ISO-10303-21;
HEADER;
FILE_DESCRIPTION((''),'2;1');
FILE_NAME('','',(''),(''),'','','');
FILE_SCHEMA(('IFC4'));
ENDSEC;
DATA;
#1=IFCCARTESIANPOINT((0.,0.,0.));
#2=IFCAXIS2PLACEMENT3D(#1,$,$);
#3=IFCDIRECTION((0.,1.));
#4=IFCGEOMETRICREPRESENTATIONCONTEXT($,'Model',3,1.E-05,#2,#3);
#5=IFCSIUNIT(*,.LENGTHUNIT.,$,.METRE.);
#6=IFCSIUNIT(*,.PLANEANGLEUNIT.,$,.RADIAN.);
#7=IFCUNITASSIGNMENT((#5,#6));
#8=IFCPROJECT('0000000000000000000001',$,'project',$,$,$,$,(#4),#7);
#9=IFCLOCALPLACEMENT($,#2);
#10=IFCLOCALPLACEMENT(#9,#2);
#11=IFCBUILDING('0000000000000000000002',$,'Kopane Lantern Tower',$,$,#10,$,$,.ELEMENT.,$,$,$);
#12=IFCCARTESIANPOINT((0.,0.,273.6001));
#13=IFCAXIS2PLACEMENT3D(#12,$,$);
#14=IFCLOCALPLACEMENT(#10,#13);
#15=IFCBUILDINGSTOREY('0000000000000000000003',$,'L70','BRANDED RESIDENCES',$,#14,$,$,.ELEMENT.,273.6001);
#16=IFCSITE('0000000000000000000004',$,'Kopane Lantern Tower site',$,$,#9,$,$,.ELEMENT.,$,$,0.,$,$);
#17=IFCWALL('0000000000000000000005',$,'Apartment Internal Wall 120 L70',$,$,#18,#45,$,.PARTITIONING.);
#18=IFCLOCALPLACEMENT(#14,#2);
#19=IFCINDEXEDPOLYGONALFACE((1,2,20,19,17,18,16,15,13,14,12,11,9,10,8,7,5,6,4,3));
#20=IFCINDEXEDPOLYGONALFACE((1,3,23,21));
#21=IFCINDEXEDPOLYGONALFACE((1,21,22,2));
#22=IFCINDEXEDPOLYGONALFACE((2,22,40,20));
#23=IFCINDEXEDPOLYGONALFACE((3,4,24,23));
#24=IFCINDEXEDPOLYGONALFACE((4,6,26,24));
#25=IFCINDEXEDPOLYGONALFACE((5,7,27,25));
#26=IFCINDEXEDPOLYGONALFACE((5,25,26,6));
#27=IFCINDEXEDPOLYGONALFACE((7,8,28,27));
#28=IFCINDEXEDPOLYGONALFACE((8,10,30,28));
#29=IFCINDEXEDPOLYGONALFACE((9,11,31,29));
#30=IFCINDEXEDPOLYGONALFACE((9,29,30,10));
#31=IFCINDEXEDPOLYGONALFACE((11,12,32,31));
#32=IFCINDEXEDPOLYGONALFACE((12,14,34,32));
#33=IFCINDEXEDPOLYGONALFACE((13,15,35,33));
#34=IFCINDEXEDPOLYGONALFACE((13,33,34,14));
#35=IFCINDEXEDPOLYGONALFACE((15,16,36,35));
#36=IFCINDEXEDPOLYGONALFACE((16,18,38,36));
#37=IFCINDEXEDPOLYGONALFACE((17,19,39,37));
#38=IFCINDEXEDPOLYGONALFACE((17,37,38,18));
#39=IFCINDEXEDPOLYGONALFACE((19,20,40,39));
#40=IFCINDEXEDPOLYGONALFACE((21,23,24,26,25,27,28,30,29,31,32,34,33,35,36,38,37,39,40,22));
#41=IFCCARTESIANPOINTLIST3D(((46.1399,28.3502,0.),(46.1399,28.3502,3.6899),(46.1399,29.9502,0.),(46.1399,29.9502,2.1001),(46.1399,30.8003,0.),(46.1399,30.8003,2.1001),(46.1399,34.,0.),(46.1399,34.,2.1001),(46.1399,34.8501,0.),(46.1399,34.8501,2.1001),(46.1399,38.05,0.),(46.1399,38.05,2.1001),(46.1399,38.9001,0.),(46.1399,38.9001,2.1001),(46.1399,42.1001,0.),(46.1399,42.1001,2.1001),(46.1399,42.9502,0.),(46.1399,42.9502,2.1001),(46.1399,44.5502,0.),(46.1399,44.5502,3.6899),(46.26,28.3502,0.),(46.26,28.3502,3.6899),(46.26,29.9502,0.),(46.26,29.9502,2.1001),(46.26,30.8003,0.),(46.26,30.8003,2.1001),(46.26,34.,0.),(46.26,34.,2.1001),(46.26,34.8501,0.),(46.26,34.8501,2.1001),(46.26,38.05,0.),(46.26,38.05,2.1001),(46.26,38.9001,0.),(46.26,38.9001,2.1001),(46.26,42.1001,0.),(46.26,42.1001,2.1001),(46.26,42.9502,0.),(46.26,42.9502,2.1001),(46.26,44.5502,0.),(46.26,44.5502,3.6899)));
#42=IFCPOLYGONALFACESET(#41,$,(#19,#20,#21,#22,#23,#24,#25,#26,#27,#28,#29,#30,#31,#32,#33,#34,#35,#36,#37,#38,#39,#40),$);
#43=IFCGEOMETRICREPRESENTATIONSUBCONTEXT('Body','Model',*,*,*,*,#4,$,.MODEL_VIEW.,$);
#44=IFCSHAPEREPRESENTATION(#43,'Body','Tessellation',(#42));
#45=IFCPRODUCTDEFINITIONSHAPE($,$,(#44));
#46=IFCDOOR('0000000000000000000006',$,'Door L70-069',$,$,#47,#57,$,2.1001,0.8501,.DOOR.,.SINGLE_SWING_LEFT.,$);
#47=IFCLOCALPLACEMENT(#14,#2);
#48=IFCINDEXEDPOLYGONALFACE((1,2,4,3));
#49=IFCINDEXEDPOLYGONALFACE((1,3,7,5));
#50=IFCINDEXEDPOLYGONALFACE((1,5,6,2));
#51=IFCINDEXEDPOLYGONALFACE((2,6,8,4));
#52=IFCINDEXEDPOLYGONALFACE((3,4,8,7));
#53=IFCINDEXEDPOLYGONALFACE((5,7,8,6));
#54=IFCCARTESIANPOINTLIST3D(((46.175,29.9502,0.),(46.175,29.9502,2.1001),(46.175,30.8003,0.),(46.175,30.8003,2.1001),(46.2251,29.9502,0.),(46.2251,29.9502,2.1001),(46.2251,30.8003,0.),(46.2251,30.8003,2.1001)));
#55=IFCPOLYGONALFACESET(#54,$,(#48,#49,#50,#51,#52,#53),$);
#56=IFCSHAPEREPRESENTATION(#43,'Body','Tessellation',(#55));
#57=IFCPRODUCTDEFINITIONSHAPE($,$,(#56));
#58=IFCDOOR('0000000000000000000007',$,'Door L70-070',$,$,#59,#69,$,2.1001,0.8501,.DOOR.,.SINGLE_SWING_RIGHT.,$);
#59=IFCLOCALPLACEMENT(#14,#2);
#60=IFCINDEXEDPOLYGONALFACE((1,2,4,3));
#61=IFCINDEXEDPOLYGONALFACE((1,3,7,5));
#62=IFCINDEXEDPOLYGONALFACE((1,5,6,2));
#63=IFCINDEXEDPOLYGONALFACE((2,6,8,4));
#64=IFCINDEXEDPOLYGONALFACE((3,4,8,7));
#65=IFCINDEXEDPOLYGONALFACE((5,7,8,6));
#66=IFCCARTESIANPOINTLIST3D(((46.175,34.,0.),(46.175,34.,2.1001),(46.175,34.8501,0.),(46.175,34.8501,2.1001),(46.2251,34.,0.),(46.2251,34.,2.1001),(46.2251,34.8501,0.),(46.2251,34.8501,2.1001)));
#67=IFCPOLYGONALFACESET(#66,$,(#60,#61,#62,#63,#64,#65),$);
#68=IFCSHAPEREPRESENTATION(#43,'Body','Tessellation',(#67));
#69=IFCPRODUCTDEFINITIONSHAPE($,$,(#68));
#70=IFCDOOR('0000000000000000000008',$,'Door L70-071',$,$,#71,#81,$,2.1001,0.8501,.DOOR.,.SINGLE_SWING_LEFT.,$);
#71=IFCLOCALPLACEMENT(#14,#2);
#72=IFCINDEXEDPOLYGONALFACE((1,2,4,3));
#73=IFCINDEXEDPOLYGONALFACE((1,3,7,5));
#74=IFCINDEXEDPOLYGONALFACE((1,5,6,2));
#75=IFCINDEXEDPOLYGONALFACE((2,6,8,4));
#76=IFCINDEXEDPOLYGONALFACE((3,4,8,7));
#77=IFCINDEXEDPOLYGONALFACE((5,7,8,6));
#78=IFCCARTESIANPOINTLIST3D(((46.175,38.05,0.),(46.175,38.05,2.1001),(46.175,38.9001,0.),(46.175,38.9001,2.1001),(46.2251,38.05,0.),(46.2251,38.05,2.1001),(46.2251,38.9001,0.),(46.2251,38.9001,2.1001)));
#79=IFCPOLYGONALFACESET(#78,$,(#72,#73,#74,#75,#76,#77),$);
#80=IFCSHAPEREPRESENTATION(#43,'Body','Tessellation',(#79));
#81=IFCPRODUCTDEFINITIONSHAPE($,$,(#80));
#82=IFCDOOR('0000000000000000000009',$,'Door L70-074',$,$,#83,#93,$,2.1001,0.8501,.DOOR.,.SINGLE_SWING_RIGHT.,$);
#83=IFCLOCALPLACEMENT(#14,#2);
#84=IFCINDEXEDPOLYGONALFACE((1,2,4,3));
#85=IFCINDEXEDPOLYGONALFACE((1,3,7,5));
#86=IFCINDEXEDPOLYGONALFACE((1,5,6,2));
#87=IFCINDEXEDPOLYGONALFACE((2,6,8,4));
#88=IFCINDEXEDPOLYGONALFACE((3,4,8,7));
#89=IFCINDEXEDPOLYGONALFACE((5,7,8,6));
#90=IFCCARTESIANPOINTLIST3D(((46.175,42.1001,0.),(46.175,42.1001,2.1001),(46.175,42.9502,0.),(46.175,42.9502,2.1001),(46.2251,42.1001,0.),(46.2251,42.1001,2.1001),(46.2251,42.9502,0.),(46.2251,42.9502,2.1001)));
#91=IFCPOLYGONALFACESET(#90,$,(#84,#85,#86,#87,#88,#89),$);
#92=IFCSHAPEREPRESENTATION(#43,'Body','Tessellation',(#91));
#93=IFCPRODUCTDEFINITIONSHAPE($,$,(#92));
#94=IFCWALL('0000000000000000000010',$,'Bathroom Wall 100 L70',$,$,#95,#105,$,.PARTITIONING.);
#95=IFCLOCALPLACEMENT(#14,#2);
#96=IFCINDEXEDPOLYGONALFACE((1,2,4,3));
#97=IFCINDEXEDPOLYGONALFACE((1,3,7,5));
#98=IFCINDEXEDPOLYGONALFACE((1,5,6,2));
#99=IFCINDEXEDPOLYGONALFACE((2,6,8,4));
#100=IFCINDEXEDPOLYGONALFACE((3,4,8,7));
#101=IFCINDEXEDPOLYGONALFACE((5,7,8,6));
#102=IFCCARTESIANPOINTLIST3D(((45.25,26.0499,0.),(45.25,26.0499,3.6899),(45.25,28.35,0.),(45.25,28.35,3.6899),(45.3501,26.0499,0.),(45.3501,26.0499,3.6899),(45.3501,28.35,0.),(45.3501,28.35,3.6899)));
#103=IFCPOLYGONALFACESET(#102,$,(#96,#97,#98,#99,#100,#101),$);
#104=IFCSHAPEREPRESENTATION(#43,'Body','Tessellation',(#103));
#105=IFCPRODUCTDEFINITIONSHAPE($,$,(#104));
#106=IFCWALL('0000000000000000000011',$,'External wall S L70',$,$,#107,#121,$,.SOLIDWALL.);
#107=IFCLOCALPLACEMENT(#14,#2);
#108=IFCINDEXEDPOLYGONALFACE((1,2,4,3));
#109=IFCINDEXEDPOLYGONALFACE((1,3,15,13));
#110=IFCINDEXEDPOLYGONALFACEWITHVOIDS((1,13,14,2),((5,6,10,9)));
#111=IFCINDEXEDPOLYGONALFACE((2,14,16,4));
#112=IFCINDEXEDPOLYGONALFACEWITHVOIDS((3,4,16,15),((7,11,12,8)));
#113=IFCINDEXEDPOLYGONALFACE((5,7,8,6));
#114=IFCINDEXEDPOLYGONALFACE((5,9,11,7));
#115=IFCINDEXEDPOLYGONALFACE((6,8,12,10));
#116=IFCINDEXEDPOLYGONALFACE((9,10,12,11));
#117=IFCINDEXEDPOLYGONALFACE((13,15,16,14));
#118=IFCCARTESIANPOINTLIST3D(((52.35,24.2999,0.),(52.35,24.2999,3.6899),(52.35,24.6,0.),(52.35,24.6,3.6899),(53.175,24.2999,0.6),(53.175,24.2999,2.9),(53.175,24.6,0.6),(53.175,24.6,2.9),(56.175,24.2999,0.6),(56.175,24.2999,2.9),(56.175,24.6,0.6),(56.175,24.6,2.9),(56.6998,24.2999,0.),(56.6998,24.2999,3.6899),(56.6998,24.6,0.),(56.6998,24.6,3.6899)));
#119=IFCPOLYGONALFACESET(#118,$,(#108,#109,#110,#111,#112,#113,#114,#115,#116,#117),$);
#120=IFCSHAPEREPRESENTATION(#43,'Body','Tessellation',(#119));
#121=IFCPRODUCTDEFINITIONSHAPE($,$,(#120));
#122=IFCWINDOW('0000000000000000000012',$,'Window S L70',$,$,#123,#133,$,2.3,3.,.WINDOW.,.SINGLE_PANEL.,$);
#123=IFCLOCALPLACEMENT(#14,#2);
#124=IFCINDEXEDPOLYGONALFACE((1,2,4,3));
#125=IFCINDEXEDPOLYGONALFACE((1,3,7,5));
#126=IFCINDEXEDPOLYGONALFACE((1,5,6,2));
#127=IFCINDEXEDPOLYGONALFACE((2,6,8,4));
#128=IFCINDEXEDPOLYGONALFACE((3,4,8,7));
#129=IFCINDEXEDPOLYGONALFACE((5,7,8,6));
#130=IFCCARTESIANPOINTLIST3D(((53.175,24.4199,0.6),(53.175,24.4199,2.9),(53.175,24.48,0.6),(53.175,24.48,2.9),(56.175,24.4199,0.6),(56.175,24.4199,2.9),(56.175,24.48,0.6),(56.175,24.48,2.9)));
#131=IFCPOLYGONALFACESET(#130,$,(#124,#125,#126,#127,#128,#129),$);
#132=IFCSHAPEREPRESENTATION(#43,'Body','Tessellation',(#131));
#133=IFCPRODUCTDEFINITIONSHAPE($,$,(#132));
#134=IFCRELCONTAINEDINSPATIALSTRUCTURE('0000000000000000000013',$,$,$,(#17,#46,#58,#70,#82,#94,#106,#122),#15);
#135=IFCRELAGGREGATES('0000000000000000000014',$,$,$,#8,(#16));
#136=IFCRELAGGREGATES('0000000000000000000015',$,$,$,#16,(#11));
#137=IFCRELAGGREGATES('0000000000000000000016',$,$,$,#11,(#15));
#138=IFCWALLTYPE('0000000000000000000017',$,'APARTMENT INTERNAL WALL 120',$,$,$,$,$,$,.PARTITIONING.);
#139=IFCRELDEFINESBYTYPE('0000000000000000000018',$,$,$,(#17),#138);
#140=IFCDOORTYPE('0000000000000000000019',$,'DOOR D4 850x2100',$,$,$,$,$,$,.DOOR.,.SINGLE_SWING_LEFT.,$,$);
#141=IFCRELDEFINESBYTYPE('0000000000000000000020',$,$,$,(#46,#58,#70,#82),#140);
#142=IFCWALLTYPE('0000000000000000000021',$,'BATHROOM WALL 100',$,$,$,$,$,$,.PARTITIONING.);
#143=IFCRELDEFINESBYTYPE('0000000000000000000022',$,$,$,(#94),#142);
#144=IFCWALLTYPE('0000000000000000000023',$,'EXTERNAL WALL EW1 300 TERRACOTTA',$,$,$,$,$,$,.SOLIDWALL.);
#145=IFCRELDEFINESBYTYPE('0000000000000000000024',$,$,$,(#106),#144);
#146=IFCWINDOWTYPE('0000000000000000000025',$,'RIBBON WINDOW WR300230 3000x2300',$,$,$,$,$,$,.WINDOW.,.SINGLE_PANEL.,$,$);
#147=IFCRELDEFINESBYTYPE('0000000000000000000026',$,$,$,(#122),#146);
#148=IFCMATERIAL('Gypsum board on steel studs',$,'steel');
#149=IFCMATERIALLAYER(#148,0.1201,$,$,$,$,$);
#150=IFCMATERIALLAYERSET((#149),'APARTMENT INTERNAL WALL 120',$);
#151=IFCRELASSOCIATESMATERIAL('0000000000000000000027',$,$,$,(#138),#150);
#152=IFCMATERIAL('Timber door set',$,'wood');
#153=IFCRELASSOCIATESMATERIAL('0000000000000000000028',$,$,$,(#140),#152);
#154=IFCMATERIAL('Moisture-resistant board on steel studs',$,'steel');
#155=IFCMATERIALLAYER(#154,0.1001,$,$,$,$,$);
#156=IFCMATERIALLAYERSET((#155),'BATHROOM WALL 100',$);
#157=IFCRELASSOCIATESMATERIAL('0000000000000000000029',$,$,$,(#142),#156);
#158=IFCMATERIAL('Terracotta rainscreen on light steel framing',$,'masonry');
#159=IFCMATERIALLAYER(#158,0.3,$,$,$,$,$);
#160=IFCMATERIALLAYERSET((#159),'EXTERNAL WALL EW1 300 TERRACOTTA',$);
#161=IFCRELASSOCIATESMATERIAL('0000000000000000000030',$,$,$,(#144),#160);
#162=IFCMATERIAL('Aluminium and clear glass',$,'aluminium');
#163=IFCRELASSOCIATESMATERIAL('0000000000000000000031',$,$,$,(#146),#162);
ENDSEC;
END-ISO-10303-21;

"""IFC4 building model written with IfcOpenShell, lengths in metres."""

from ifc_helpers import new_model, si_unit, direction, frame, frame_2d, origin, place, context, subcontext, project, spatial, rectangle, extrude, material, layer, layer_set, type_object, element, fill, save


model = new_model("IFC4")

# Units and contexts
model_context = context("Model", 3, precision=1e-05, world=origin(), true_north=direction((0.0, 1.0)))
body_context = subcontext(model_context, "Body", "Model", "MODEL_VIEW")
ifc_project = project(units=[si_unit("LENGTHUNIT", "METRE"), si_unit("PLANEANGLEUNIT", "RADIAN")], contexts=[model_context])

# Site, building, storey
site_placement = place(None, origin())
site = spatial("IfcSite", under=ifc_project, at=site_placement, Name="Kopane Lantern Tower site", CompositionType="ELEMENT", RefElevation=0.0)
building_placement = place(site_placement, origin())
building = spatial("IfcBuilding", under=site, at=building_placement, Name="Kopane Lantern Tower", CompositionType="ELEMENT")
storey_placement = place(building_placement, frame((0.0, 0.0, 273.6001)))
storey = spatial("IfcBuildingStorey", under=building, at=storey_placement, Name="L70", Description="BRANDED RESIDENCES", CompositionType="ELEMENT", Elevation=273.6001)

# Wall, openings, doors
ifc_material_1 = material(Name="Gypsum board on steel studs", Category="steel")
ifc_layer_1 = layer(ifc_material_1, 0.1201)
ifc_layer_set_1 = layer_set([ifc_layer_1], Name="APARTMENT INTERNAL WALL 120")
wall_type_1 = type_object("IfcWallType", Name="APARTMENT INTERNAL WALL 120", PredefinedType="PARTITIONING", material=ifc_layer_set_1)
wall_1_placement = place(storey_placement, frame((46.2, 28.3501, 0.0), z_axis=(0.0, 0.0, 1.0), x_axis=(0.0, 1.0, 0.0)))
wall_1 = element("IfcWall", 1, at=wall_1_placement, inside=storey, type_object=wall_type_1, Name="Apartment Internal Wall 120 L70", PredefinedType="PARTITIONING", context=body_context, shape_type="SweptSolid", body=[
    extrude(rectangle(XDim=16.2, YDim=0.1201, at=frame_2d((8.1001, 0.0))), origin(), (0.0, 0.0, 1.0), 3.6899),
])
opening_1_placement = place(wall_1_placement, frame((1.6001, 0.0, 0.0)))
opening_1 = element("IfcOpeningElement", 2, at=opening_1_placement, cuts=wall_1, PredefinedType="OPENING", context=body_context, shape_type="SweptSolid", body=[
    extrude(rectangle(XDim=0.8501, YDim=2.1001, at=frame_2d((0.425, 1.05))), frame((0.0, 0.0701, 0.0), z_axis=(0.0, -1.0, 0.0), x_axis=(1.0, 0.0, 0.0)), (0.0, 0.0, 1.0), 0.1401),
])
opening_2_placement = place(wall_1_placement, frame((5.6499, 0.0, 0.0)))
opening_2 = element("IfcOpeningElement", 3, at=opening_2_placement, cuts=wall_1, PredefinedType="OPENING", context=body_context, shape_type="SweptSolid", body=[
    extrude(rectangle(XDim=0.8501, YDim=2.1001, at=frame_2d((0.425, 1.05))), frame((0.0, 0.0701, 0.0), z_axis=(0.0, -1.0, 0.0), x_axis=(1.0, 0.0, 0.0)), (0.0, 0.0, 1.0), 0.1401),
])
opening_3_placement = place(wall_1_placement, frame((9.7, 0.0, 0.0)))
opening_3 = element("IfcOpeningElement", 4, at=opening_3_placement, cuts=wall_1, PredefinedType="OPENING", context=body_context, shape_type="SweptSolid", body=[
    extrude(rectangle(XDim=0.8501, YDim=2.1001, at=frame_2d((0.425, 1.05))), frame((0.0, 0.0701, 0.0), z_axis=(0.0, -1.0, 0.0), x_axis=(1.0, 0.0, 0.0)), (0.0, 0.0, 1.0), 0.1401),
])
opening_4_placement = place(wall_1_placement, frame((13.75, 0.0, 0.0)))
opening_4 = element("IfcOpeningElement", 5, at=opening_4_placement, cuts=wall_1, PredefinedType="OPENING", context=body_context, shape_type="SweptSolid", body=[
    extrude(rectangle(XDim=0.8501, YDim=2.1001, at=frame_2d((0.425, 1.05))), frame((0.0, 0.0701, 0.0), z_axis=(0.0, -1.0, 0.0), x_axis=(1.0, 0.0, 0.0)), (0.0, 0.0, 1.0), 0.1401),
])
ifc_material_2 = material(Name="Timber door set", Category="wood")
door_type = type_object("IfcDoorType", Name="DOOR D4 850x2100", OperationType="SINGLE_SWING_LEFT", PredefinedType="DOOR", material=ifc_material_2)
door_1_placement = place(opening_1_placement, origin())
door_1 = element("IfcDoor", 6, at=door_1_placement, inside=storey, type_object=door_type, Name="Door L70-069", OperationType="SINGLE_SWING_LEFT", OverallHeight=2.1001, OverallWidth=0.8501, PredefinedType="DOOR", context=body_context, shape_type="SweptSolid", body=[
    extrude(rectangle(XDim=0.8501, YDim=2.1001, at=frame_2d((0.425, 1.05))), frame((0.0, 0.0249, 0.0), z_axis=(0.0, -1.0, 0.0), x_axis=(1.0, 0.0, 0.0)), (0.0, 0.0, 1.0), 0.05),
])
fill(opening_1, door_1)
door_2_placement = place(opening_2_placement, origin())
door_2 = element("IfcDoor", 7, at=door_2_placement, inside=storey, type_object=door_type, Name="Door L70-070", OperationType="SINGLE_SWING_RIGHT", OverallHeight=2.1001, OverallWidth=0.8501, PredefinedType="DOOR", context=body_context, shape_type="SweptSolid", body=[
    extrude(rectangle(XDim=0.8501, YDim=2.1001, at=frame_2d((0.425, 1.05))), frame((0.0, 0.0249, 0.0), z_axis=(0.0, -1.0, 0.0), x_axis=(1.0, 0.0, 0.0)), (0.0, 0.0, 1.0), 0.05),
])
fill(opening_2, door_2)
door_3_placement = place(opening_3_placement, origin())
door_3 = element("IfcDoor", 8, at=door_3_placement, inside=storey, type_object=door_type, Name="Door L70-071", OperationType="SINGLE_SWING_LEFT", OverallHeight=2.1001, OverallWidth=0.8501, PredefinedType="DOOR", context=body_context, shape_type="SweptSolid", body=[
    extrude(rectangle(XDim=0.8501, YDim=2.1001, at=frame_2d((0.425, 1.05))), frame((0.0, 0.0249, 0.0), z_axis=(0.0, -1.0, 0.0), x_axis=(1.0, 0.0, 0.0)), (0.0, 0.0, 1.0), 0.05),
])
fill(opening_3, door_3)
door_4_placement = place(opening_4_placement, origin())
door_4 = element("IfcDoor", 9, at=door_4_placement, inside=storey, type_object=door_type, Name="Door L70-074", OperationType="SINGLE_SWING_RIGHT", OverallHeight=2.1001, OverallWidth=0.8501, PredefinedType="DOOR", context=body_context, shape_type="SweptSolid", body=[
    extrude(rectangle(XDim=0.8501, YDim=2.1001, at=frame_2d((0.425, 1.05))), frame((0.0, 0.0249, 0.0), z_axis=(0.0, -1.0, 0.0), x_axis=(1.0, 0.0, 0.0)), (0.0, 0.0, 1.0), 0.05),
])
fill(opening_4, door_4)

# Wall
ifc_material_3 = material(Name="Moisture-resistant board on steel studs", Category="steel")
ifc_layer_2 = layer(ifc_material_3, 0.1001)
ifc_layer_set_2 = layer_set([ifc_layer_2], Name="BATHROOM WALL 100")
wall_type_2 = type_object("IfcWallType", Name="BATHROOM WALL 100", PredefinedType="PARTITIONING", material=ifc_layer_set_2)
wall_2_placement = place(storey_placement, frame((45.3, 26.05, 0.0), z_axis=(0.0, 0.0, 1.0), x_axis=(0.0, 1.0, 0.0)))
element("IfcWall", 10, at=wall_2_placement, inside=storey, type_object=wall_type_2, Name="Bathroom Wall 100 L70", PredefinedType="PARTITIONING", context=body_context, shape_type="SweptSolid", body=[
    extrude(rectangle(XDim=2.3, YDim=0.1001, at=frame_2d((1.1499, 0.0))), origin(), (0.0, 0.0, 1.0), 3.6899),
])

# Wall, opening, window
ifc_material_4 = material(Name="Terracotta rainscreen on light steel framing", Category="masonry")
ifc_layer_3 = layer(ifc_material_4, 0.3)
ifc_layer_set_3 = layer_set([ifc_layer_3], Name="EXTERNAL WALL EW1 300 TERRACOTTA")
wall_type_3 = type_object("IfcWallType", Name="EXTERNAL WALL EW1 300 TERRACOTTA", PredefinedType="SOLIDWALL", material=ifc_layer_set_3)
wall_3_placement = place(storey_placement, frame((52.3501, 24.45, 0.0), z_axis=(0.0, 0.0, 1.0), x_axis=(1.0, 0.0, 0.0)))
wall_3 = element("IfcWall", 11, at=wall_3_placement, inside=storey, type_object=wall_type_3, Name="External wall S L70", PredefinedType="SOLIDWALL", context=body_context, shape_type="SweptSolid", body=[
    extrude(rectangle(XDim=4.3499, YDim=0.3, at=frame_2d((2.1748, 0.0))), origin(), (0.0, 0.0, 1.0), 3.6899),
])
opening_5_placement = place(wall_3_placement, frame((0.825, 0.0, 0.6001)))
opening_5 = element("IfcOpeningElement", 12, at=opening_5_placement, cuts=wall_3, PredefinedType="OPENING", context=body_context, shape_type="SweptSolid", body=[
    extrude(rectangle(XDim=3.0, YDim=2.3, at=frame_2d((1.5, 1.1499))), frame((0.0, 0.1599, 0.0), z_axis=(0.0, -1.0, 0.0), x_axis=(1.0, 0.0, 0.0)), (0.0, 0.0, 1.0), 0.3201),
])
ifc_material_5 = material(Name="Aluminium and clear glass", Category="aluminium")
window_type_1 = type_object("IfcWindowType", Name="RIBBON WINDOW WR300230 3000x2300", PartitioningType="SINGLE_PANEL", PredefinedType="WINDOW", material=ifc_material_5)
window_1_placement = place(opening_5_placement, origin())
window_1 = element("IfcWindow", 13, at=window_1_placement, inside=storey, type_object=window_type_1, Name="Window S L70", OverallHeight=2.3, OverallWidth=3.0, PartitioningType="SINGLE_PANEL", PredefinedType="WINDOW", context=body_context, shape_type="SweptSolid", body=[
    extrude(rectangle(XDim=3.0, YDim=2.3, at=frame_2d((1.5, 1.1499))), frame((0.0, 0.03, 0.0), z_axis=(0.0, -1.0, 0.0), x_axis=(1.0, 0.0, 0.0)), (0.0, 0.0, 1.0), 0.0601),
])
fill(opening_5, window_1)

save(model, "model.ifc")
